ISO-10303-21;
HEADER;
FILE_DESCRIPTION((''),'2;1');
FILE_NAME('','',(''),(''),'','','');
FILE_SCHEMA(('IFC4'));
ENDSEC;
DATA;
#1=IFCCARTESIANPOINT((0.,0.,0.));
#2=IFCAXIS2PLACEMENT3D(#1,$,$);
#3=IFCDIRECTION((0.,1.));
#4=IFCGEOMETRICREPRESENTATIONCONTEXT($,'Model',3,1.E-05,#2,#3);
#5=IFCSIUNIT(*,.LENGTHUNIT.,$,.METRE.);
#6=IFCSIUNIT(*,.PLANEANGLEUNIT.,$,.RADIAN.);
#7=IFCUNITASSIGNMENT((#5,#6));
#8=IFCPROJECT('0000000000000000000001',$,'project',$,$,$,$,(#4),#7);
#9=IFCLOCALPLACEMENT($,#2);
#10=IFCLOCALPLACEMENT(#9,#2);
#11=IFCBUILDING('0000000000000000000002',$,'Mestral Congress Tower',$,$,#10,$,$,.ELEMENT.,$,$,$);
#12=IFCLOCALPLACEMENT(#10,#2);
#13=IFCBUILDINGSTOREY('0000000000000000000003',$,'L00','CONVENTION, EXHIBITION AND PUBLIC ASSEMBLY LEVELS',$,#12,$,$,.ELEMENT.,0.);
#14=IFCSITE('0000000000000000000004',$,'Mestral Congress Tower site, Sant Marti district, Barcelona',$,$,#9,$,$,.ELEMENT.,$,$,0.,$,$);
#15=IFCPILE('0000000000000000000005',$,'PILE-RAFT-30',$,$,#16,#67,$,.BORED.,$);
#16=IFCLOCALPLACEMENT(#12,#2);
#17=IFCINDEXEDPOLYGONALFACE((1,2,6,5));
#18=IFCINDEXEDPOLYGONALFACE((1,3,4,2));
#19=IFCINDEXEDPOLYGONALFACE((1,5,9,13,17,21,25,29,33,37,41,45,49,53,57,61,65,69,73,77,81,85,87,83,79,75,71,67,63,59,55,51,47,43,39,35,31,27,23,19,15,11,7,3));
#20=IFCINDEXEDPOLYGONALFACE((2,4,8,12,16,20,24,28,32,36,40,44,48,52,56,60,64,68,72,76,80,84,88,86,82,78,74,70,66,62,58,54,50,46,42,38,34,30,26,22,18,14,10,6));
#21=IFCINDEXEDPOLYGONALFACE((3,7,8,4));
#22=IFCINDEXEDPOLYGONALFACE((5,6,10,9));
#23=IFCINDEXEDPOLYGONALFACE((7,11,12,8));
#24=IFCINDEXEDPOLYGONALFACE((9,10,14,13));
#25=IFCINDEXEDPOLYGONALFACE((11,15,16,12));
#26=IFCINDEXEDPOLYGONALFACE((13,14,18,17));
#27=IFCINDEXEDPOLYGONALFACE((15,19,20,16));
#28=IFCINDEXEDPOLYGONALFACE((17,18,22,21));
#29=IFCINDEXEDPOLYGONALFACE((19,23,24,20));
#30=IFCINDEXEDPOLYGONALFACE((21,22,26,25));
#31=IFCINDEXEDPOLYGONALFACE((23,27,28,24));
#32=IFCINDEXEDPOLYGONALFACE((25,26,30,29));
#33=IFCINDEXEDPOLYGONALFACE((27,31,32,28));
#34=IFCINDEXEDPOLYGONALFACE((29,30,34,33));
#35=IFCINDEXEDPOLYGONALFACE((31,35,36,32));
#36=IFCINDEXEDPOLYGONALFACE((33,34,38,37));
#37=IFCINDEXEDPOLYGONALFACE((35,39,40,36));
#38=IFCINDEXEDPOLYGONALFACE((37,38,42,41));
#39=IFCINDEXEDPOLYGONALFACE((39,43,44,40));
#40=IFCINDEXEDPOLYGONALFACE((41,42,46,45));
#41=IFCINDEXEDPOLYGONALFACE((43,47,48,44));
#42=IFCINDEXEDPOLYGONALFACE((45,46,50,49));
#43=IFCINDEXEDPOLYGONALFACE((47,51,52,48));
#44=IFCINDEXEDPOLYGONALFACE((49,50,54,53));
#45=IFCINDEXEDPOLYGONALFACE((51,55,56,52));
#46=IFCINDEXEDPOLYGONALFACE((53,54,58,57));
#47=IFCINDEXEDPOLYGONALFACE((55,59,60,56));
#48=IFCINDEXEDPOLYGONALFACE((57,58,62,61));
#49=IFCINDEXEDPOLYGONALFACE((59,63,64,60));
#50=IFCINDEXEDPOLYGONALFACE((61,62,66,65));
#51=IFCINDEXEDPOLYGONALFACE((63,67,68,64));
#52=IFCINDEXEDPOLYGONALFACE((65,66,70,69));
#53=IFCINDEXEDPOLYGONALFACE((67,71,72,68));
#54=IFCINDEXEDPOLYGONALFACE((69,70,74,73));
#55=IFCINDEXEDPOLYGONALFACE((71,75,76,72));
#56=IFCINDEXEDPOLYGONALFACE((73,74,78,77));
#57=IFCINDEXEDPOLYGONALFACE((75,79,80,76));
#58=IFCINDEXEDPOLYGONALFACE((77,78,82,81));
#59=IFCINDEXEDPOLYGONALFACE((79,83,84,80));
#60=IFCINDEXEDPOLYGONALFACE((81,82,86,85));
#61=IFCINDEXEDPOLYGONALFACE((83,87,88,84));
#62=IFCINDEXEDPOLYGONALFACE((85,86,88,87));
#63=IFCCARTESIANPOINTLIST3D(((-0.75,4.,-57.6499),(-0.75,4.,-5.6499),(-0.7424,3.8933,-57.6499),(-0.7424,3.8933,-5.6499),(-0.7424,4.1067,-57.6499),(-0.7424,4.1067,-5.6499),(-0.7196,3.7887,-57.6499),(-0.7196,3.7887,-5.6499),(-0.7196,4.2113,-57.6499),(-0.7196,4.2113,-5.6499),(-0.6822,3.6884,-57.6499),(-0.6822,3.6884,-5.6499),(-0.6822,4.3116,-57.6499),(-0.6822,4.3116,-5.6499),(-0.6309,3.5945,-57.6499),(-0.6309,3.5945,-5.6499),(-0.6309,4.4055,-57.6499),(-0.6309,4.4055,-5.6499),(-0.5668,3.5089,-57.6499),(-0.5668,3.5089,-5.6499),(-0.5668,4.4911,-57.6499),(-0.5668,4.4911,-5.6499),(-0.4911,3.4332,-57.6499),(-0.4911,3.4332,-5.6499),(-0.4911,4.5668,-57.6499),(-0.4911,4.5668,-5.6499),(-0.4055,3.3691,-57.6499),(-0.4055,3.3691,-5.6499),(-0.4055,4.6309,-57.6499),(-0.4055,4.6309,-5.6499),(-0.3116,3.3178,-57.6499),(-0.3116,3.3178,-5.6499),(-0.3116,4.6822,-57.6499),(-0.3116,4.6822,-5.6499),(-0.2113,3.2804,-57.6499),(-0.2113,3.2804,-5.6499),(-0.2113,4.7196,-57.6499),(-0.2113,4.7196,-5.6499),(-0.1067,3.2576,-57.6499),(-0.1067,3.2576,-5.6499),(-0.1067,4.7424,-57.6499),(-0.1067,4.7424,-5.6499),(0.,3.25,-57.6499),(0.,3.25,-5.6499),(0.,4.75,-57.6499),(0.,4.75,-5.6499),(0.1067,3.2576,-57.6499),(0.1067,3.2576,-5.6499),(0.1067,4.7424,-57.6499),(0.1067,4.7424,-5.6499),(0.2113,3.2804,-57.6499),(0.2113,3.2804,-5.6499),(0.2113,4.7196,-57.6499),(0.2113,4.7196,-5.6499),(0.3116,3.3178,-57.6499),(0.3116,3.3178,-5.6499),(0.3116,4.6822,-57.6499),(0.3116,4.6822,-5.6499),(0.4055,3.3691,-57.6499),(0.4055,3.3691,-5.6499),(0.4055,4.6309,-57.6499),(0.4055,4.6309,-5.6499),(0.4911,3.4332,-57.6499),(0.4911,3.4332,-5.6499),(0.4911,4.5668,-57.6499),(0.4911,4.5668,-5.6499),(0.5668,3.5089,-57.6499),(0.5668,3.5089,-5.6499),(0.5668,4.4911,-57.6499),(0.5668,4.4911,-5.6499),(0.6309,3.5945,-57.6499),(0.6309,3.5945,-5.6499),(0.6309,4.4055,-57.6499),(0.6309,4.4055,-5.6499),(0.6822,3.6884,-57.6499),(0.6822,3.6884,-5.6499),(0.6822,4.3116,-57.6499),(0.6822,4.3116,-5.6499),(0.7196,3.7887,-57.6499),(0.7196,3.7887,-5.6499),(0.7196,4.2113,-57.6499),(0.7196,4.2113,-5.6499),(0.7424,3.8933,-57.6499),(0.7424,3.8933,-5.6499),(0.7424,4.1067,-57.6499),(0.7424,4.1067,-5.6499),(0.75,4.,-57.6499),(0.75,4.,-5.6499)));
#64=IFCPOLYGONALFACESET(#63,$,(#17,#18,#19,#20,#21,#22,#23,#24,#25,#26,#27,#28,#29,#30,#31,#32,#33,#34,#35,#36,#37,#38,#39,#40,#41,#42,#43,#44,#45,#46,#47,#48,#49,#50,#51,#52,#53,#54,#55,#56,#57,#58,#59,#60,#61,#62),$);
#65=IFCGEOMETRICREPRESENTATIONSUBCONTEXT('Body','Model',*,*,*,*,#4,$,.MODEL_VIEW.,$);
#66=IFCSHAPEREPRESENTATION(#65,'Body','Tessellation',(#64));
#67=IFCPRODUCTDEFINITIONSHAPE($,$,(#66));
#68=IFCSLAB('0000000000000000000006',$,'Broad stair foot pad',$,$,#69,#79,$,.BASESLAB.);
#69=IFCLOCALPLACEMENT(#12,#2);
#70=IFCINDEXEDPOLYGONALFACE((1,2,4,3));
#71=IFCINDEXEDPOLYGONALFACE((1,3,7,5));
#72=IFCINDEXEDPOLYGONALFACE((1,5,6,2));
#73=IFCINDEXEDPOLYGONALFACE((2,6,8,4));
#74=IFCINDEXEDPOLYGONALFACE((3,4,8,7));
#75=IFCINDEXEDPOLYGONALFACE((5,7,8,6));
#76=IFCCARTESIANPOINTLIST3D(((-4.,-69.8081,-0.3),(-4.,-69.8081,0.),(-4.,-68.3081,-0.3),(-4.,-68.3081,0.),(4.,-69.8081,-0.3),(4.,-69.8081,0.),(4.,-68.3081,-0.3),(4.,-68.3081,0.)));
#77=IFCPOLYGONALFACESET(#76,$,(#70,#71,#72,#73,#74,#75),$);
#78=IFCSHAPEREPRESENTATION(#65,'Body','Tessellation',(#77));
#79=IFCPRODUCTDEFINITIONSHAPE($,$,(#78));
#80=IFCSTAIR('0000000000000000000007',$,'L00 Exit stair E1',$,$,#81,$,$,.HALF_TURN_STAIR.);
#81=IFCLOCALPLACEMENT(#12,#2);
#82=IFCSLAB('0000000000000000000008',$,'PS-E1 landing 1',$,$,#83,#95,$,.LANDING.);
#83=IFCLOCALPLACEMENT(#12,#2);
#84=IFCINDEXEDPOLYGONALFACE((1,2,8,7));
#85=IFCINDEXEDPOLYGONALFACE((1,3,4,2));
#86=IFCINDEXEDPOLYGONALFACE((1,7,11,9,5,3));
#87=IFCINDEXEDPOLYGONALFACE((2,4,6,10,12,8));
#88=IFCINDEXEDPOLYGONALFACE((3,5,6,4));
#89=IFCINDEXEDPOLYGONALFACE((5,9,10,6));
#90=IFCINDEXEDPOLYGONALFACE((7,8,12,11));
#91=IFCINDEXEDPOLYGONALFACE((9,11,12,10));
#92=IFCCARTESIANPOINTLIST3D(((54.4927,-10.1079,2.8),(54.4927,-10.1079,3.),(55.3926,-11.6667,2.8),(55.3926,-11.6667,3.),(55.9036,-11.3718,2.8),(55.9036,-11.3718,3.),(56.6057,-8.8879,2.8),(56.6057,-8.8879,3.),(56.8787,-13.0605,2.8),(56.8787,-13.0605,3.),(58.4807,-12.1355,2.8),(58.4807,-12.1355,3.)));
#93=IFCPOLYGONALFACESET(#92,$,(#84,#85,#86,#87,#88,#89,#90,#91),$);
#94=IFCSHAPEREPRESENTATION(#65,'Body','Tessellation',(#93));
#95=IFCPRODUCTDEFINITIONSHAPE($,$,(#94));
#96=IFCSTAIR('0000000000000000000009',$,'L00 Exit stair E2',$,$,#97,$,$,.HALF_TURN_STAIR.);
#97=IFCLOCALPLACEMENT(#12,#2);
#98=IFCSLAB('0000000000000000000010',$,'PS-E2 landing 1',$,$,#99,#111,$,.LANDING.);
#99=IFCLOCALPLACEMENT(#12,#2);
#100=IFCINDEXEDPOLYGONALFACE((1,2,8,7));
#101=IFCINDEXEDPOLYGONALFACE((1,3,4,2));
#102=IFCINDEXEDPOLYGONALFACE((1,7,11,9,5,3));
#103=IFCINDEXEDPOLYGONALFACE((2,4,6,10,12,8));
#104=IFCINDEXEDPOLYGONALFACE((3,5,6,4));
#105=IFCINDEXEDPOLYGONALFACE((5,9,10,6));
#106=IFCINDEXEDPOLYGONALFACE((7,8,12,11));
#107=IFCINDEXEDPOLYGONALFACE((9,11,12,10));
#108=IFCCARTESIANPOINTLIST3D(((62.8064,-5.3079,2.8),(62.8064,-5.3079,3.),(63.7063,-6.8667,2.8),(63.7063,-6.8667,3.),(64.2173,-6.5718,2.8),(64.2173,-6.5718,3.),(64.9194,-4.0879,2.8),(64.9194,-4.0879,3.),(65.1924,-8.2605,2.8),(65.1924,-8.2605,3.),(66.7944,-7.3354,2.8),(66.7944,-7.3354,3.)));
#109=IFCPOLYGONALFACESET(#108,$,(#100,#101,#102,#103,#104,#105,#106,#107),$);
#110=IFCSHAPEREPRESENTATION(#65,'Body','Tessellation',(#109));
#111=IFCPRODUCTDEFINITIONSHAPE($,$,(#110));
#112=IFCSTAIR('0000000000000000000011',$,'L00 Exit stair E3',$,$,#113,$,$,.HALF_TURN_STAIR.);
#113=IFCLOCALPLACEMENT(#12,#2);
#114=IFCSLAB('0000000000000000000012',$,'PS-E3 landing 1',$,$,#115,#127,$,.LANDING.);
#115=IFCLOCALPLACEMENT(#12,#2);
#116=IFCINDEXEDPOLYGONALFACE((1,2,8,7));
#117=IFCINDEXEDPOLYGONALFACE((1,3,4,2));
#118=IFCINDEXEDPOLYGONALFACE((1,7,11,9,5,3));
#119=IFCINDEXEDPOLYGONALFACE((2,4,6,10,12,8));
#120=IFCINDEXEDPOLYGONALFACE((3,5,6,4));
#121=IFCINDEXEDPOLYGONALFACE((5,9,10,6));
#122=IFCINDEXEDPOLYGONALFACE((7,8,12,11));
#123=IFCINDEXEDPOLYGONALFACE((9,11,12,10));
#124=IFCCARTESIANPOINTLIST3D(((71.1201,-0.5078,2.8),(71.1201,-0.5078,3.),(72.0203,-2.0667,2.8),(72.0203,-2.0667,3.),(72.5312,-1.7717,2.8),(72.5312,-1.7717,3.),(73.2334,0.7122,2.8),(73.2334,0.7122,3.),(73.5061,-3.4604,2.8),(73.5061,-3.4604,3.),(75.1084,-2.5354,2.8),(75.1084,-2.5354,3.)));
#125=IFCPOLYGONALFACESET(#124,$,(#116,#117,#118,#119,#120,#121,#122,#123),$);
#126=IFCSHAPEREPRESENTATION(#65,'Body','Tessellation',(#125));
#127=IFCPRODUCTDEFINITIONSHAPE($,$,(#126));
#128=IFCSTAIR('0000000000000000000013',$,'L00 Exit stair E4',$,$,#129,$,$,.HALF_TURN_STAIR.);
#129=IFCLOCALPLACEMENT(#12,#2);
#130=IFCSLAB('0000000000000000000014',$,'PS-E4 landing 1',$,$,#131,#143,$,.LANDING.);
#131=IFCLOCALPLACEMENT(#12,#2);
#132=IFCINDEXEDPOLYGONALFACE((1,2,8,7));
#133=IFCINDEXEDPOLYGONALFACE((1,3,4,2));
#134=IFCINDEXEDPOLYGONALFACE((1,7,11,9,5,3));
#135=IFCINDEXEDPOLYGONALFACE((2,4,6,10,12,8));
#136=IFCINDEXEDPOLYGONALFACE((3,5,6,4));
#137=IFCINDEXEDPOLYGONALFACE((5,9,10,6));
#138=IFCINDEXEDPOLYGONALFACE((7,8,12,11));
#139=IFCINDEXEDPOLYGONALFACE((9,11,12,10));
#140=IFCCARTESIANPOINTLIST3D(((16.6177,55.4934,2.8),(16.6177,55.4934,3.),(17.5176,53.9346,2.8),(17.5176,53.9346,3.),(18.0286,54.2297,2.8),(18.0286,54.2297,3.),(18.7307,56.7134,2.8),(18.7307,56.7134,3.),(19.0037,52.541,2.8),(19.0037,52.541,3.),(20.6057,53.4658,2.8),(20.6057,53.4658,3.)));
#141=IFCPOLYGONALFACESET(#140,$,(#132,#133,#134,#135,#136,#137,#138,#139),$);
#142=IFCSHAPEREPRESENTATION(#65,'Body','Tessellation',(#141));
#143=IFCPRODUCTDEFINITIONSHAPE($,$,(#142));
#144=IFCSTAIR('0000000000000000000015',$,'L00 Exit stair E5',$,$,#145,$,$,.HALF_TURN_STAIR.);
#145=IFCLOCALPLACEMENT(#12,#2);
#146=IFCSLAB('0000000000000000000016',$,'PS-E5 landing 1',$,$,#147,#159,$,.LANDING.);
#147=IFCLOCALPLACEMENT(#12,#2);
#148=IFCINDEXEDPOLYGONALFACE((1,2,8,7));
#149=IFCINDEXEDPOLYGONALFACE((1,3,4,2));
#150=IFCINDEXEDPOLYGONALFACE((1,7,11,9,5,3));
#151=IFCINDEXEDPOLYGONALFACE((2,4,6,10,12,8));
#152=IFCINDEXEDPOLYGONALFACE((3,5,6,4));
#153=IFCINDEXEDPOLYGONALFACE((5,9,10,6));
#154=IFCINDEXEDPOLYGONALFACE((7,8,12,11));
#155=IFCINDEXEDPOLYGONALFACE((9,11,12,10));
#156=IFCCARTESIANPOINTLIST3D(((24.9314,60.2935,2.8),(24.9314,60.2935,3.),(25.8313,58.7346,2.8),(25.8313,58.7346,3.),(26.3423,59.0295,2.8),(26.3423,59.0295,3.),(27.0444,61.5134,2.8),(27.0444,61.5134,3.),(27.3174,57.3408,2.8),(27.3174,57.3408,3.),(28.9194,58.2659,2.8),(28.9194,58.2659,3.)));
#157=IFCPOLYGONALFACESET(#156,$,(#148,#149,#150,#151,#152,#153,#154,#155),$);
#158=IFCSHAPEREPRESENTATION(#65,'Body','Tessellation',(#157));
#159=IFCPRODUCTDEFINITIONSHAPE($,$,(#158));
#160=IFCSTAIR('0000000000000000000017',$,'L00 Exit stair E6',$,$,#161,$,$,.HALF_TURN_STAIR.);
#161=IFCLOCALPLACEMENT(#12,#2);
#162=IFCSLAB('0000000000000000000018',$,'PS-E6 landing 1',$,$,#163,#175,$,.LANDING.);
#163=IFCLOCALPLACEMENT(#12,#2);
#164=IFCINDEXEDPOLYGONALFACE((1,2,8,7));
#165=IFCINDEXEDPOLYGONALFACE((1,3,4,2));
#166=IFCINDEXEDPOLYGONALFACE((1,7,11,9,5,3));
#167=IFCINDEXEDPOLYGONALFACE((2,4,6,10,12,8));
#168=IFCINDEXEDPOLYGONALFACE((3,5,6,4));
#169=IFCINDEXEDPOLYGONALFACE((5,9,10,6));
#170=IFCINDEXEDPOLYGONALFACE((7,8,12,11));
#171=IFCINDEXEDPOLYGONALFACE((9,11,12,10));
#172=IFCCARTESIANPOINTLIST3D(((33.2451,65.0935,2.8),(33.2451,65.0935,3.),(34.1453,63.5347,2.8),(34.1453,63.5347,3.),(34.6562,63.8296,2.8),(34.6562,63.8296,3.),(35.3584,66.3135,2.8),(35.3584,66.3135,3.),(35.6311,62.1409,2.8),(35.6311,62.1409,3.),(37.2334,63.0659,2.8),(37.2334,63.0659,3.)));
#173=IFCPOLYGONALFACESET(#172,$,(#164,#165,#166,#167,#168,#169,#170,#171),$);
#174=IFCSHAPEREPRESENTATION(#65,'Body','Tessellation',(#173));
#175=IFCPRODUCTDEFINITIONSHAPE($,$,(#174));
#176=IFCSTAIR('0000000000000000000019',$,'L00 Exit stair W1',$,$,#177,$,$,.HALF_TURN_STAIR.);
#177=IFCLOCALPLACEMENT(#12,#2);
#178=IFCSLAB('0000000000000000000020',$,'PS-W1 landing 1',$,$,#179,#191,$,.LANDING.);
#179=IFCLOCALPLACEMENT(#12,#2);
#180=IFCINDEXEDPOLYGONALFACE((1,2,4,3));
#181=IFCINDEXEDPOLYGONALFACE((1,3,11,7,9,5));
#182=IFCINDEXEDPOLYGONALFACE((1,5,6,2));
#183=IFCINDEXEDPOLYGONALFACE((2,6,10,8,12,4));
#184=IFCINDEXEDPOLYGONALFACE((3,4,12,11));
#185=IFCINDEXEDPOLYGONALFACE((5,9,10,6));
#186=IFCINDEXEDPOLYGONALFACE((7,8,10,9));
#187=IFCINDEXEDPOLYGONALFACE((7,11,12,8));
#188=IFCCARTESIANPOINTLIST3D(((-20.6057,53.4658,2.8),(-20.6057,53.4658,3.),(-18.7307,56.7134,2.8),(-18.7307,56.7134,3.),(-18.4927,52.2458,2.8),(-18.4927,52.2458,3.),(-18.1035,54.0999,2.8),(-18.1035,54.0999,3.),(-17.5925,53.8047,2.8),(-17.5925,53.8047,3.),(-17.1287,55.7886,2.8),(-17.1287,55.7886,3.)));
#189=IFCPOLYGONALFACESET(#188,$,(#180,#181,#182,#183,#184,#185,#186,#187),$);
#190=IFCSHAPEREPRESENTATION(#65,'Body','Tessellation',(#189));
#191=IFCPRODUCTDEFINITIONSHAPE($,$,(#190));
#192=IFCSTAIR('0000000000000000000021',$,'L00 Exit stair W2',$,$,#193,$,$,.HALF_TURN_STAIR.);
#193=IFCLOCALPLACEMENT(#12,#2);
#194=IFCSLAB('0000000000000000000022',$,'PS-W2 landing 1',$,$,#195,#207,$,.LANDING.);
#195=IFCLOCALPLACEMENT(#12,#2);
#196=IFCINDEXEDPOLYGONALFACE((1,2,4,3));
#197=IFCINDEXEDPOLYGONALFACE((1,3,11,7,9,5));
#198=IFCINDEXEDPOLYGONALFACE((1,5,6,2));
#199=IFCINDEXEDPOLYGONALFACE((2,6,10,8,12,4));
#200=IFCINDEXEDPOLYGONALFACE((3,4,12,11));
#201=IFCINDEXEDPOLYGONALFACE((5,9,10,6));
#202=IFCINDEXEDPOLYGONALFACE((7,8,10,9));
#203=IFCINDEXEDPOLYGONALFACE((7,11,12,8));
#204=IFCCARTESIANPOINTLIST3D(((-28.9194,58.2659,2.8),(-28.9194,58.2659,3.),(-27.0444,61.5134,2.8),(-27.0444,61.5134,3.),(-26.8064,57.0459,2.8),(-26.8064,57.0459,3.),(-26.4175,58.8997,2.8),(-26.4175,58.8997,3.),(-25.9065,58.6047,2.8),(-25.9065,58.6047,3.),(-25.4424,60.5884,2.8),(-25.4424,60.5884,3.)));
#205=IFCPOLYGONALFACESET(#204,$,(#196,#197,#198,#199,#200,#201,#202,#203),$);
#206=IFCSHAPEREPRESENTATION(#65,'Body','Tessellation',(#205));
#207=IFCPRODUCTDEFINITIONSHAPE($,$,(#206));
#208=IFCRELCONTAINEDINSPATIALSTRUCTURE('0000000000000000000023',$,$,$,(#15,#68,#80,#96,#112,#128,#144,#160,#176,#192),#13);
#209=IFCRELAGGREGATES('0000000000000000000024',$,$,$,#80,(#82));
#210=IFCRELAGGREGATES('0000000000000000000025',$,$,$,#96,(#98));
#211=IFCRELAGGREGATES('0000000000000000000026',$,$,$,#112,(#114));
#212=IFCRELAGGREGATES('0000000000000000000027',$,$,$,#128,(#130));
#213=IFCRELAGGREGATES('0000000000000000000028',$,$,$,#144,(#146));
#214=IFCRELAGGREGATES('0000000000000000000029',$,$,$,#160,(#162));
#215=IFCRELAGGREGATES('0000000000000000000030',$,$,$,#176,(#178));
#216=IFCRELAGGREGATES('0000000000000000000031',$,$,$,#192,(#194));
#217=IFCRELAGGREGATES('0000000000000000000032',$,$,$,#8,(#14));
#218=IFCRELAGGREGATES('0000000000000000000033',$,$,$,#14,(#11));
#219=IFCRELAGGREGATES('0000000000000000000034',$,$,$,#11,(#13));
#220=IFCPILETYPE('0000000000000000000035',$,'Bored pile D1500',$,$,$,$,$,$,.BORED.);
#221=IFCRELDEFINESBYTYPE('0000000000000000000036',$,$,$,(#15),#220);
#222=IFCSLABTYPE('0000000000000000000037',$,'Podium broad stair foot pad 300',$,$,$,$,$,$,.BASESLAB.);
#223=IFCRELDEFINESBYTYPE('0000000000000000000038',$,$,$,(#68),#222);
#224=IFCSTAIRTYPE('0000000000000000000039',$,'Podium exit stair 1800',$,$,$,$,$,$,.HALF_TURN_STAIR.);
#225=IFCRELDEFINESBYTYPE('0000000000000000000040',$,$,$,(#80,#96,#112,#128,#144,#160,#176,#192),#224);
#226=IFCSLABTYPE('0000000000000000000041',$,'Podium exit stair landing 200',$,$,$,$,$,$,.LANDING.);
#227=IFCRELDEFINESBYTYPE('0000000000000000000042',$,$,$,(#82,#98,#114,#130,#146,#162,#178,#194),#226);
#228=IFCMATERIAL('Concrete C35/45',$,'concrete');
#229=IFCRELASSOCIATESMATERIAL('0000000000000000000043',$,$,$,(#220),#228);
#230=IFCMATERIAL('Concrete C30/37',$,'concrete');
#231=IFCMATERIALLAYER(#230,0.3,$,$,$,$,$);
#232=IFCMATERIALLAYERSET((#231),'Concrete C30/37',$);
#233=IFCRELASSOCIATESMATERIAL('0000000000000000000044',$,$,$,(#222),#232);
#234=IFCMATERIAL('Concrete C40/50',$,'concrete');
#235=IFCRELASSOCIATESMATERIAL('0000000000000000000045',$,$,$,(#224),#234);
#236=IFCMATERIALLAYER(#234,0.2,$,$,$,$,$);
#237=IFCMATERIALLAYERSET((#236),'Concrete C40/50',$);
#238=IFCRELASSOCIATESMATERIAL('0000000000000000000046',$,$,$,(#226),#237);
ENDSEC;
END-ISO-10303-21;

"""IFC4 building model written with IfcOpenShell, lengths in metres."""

from ifc_helpers import new_model, si_unit, direction, frame, origin, origin_2d, place, context, subcontext, project, spatial, polyline, circle, outline, extrude, material, layer, layer_set, material_profile, profile_set, type_object, element, aggregate, save


model = new_model("IFC4")

# Units and contexts
model_context = context("Model", 3, precision=1e-05, world=origin(), true_north=direction((0.0, 1.0)))
body_context = subcontext(model_context, "Body", "Model", "MODEL_VIEW")
ifc_project = project(units=[si_unit("LENGTHUNIT", "METRE"), si_unit("PLANEANGLEUNIT", "RADIAN")], contexts=[model_context])

# Site, building, storey
site_placement = place(None, origin())
site = spatial("IfcSite", under=ifc_project, at=site_placement, Name="Mestral Congress Tower site, Sant Marti district, Barcelona", CompositionType="ELEMENT", RefElevation=0.0)
building_placement = place(site_placement, origin())
building = spatial("IfcBuilding", under=site, at=building_placement, Name="Mestral Congress Tower", CompositionType="ELEMENT")
storey_placement = place(building_placement, origin())
storey = spatial("IfcBuildingStorey", under=building, at=storey_placement, Name="L00", Description="CONVENTION, EXHIBITION AND PUBLIC ASSEMBLY LEVELS", CompositionType="ELEMENT", Elevation=0.0)

# Pile
ifc_material_1 = material(Name="Concrete C35/45", Category="concrete")
ifc_material_profile = material_profile(ifc_material_1, circle(Radius=0.75, at=origin_2d()), Name="D1500")
ifc_profile_set = profile_set([ifc_material_profile], Name="Concrete C35/45")
pile_type = type_object("IfcPileType", Name="Bored pile D1500", PredefinedType="BORED", material=ifc_profile_set)
pile_placement = place(storey_placement, frame((0.0, 4.0, -5.6499), z_axis=(0.0, 0.0, -1.0), x_axis=(1.0, 0.0, 0.0)))
element("IfcPile", 1, at=pile_placement, inside=storey, type_object=pile_type, Name="PILE-RAFT-30", PredefinedType="BORED", context=body_context, shape_type="SweptSolid", body=[
    extrude(circle(Radius=0.75, at=origin_2d()), origin(), (0.0, 0.0, 1.0), 52.0),
])

# Slab
ifc_material_2 = material(Name="Concrete C30/37", Category="concrete")
ifc_layer_1 = layer(ifc_material_2, 0.3)
ifc_layer_set_1 = layer_set([ifc_layer_1], Name="Concrete C30/37")
slab_type_1 = type_object("IfcSlabType", Name="Podium broad stair foot pad 300", PredefinedType="BASESLAB", material=ifc_layer_set_1)
slab_1_placement = place(storey_placement, frame((0.0, 0.0, -0.3)))
element("IfcSlab", 2, at=slab_1_placement, inside=storey, type_object=slab_type_1, Name="Broad stair foot pad", PredefinedType="BASESLAB", context=body_context, shape_type="SweptSolid", body=[
    extrude(outline(polyline([(-4.0, -69.8081), (4.0, -69.8081), (4.0, -68.3081), (-4.0, -68.3081), (-4.0, -69.8081)])), origin(), (0.0, 0.0, 1.0), 0.3),
])

# Stairs, slabs
ifc_material_3 = material(Name="Concrete C40/50", Category="concrete")
stair_type = type_object("IfcStairType", Name="Podium exit stair 1800", PredefinedType="HALF_TURN_STAIR", material=ifc_material_3)
placement_1 = place(storey_placement, origin())
stair_1 = element("IfcStair", 3, at=placement_1, inside=storey, type_object=stair_type, Name="L00 Exit stair E1", PredefinedType="HALF_TURN_STAIR")
ifc_layer_2 = layer(ifc_material_3, 0.2)
ifc_layer_set_2 = layer_set([ifc_layer_2], Name="Concrete C40/50")
slab_type_2 = type_object("IfcSlabType", Name="Podium exit stair landing 200", PredefinedType="LANDING", material=ifc_layer_set_2)
placement_2 = place(storey_placement, frame((0.0, 0.0, 2.8)))
slab_2 = element("IfcSlab", 4, at=placement_2, type_object=slab_type_2, Name="PS-E1 landing 1", PredefinedType="LANDING", context=body_context, shape_type="SweptSolid", body=[
    extrude(outline(polyline([(56.8787, -13.0605), (55.9036, -11.3718), (55.3926, -11.6667), (54.4927, -10.1079), (56.6057, -8.8879), (58.4807, -12.1355), (56.8787, -13.0605)])), origin(), (0.0, 0.0, 1.0), 0.2),
])
aggregate(stair_1, [slab_2])
stair_2 = element("IfcStair", 5, at=placement_1, inside=storey, type_object=stair_type, Name="L00 Exit stair E2", PredefinedType="HALF_TURN_STAIR")
slab_3 = element("IfcSlab", 6, at=placement_2, type_object=slab_type_2, Name="PS-E2 landing 1", PredefinedType="LANDING", context=body_context, shape_type="SweptSolid", body=[
    extrude(outline(polyline([(65.1924, -8.2605), (64.2173, -6.5718), (63.7063, -6.8667), (62.8064, -5.3079), (64.9194, -4.0879), (66.7944, -7.3354), (65.1924, -8.2605)])), origin(), (0.0, 0.0, 1.0), 0.2),
])
aggregate(stair_2, [slab_3])
stair_3 = element("IfcStair", 7, at=placement_1, inside=storey, type_object=stair_type, Name="L00 Exit stair E3", PredefinedType="HALF_TURN_STAIR")
slab_4 = element("IfcSlab", 8, at=placement_2, type_object=slab_type_2, Name="PS-E3 landing 1", PredefinedType="LANDING", context=body_context, shape_type="SweptSolid", body=[
    extrude(outline(polyline([(73.5061, -3.4604), (72.5312, -1.7717), (72.0203, -2.0667), (71.1201, -0.5078), (73.2334, 0.7122), (75.1084, -2.5354), (73.5061, -3.4604)])), origin(), (0.0, 0.0, 1.0), 0.2),
])
aggregate(stair_3, [slab_4])
stair_4 = element("IfcStair", 9, at=placement_1, inside=storey, type_object=stair_type, Name="L00 Exit stair E4", PredefinedType="HALF_TURN_STAIR")
slab_5 = element("IfcSlab", 10, at=placement_2, type_object=slab_type_2, Name="PS-E4 landing 1", PredefinedType="LANDING", context=body_context, shape_type="SweptSolid", body=[
    extrude(outline(polyline([(19.0037, 52.541), (18.0286, 54.2297), (17.5176, 53.9346), (16.6177, 55.4934), (18.7307, 56.7134), (20.6057, 53.4658), (19.0037, 52.541)])), origin(), (0.0, 0.0, 1.0), 0.2),
])
aggregate(stair_4, [slab_5])
stair_5 = element("IfcStair", 11, at=placement_1, inside=storey, type_object=stair_type, Name="L00 Exit stair E5", PredefinedType="HALF_TURN_STAIR")
slab_6 = element("IfcSlab", 12, at=placement_2, type_object=slab_type_2, Name="PS-E5 landing 1", PredefinedType="LANDING", context=body_context, shape_type="SweptSolid", body=[
    extrude(outline(polyline([(27.3174, 57.3408), (26.3423, 59.0295), (25.8313, 58.7346), (24.9314, 60.2935), (27.0444, 61.5134), (28.9194, 58.2659), (27.3174, 57.3408)])), origin(), (0.0, 0.0, 1.0), 0.2),
])
aggregate(stair_5, [slab_6])
stair_6 = element("IfcStair", 13, at=placement_1, inside=storey, type_object=stair_type, Name="L00 Exit stair E6", PredefinedType="HALF_TURN_STAIR")
slab_7 = element("IfcSlab", 14, at=placement_2, type_object=slab_type_2, Name="PS-E6 landing 1", PredefinedType="LANDING", context=body_context, shape_type="SweptSolid", body=[
    extrude(outline(polyline([(35.6311, 62.1409), (34.6562, 63.8296), (34.1453, 63.5347), (33.2451, 65.0935), (35.3584, 66.3135), (37.2334, 63.0659), (35.6311, 62.1409)])), origin(), (0.0, 0.0, 1.0), 0.2),
])
aggregate(stair_6, [slab_7])
stair_7 = element("IfcStair", 15, at=placement_1, inside=storey, type_object=stair_type, Name="L00 Exit stair W1", PredefinedType="HALF_TURN_STAIR")
slab_8 = element("IfcSlab", 16, at=placement_2, type_object=slab_type_2, Name="PS-W1 landing 1", PredefinedType="LANDING", context=body_context, shape_type="SweptSolid", body=[
    extrude(outline(polyline([(-17.5925, 53.8047), (-18.4927, 52.2458), (-20.6057, 53.4658), (-18.7307, 56.7134), (-17.1287, 55.7886), (-18.1035, 54.0999), (-17.5925, 53.8047)])), origin(), (0.0, 0.0, 1.0), 0.2),
])
aggregate(stair_7, [slab_8])
stair_8 = element("IfcStair", 17, at=placement_1, inside=storey, type_object=stair_type, Name="L00 Exit stair W2", PredefinedType="HALF_TURN_STAIR")
slab_9 = element("IfcSlab", 18, at=placement_2, type_object=slab_type_2, Name="PS-W2 landing 1", PredefinedType="LANDING", context=body_context, shape_type="SweptSolid", body=[
    extrude(outline(polyline([(-25.9065, 58.6047), (-26.8064, 57.0459), (-28.9194, 58.2659), (-27.0444, 61.5134), (-25.4424, 60.5884), (-26.4175, 58.8997), (-25.9065, 58.6047)])), origin(), (0.0, 0.0, 1.0), 0.2),
])
aggregate(stair_8, [slab_9])

save(model, "model.ifc")
